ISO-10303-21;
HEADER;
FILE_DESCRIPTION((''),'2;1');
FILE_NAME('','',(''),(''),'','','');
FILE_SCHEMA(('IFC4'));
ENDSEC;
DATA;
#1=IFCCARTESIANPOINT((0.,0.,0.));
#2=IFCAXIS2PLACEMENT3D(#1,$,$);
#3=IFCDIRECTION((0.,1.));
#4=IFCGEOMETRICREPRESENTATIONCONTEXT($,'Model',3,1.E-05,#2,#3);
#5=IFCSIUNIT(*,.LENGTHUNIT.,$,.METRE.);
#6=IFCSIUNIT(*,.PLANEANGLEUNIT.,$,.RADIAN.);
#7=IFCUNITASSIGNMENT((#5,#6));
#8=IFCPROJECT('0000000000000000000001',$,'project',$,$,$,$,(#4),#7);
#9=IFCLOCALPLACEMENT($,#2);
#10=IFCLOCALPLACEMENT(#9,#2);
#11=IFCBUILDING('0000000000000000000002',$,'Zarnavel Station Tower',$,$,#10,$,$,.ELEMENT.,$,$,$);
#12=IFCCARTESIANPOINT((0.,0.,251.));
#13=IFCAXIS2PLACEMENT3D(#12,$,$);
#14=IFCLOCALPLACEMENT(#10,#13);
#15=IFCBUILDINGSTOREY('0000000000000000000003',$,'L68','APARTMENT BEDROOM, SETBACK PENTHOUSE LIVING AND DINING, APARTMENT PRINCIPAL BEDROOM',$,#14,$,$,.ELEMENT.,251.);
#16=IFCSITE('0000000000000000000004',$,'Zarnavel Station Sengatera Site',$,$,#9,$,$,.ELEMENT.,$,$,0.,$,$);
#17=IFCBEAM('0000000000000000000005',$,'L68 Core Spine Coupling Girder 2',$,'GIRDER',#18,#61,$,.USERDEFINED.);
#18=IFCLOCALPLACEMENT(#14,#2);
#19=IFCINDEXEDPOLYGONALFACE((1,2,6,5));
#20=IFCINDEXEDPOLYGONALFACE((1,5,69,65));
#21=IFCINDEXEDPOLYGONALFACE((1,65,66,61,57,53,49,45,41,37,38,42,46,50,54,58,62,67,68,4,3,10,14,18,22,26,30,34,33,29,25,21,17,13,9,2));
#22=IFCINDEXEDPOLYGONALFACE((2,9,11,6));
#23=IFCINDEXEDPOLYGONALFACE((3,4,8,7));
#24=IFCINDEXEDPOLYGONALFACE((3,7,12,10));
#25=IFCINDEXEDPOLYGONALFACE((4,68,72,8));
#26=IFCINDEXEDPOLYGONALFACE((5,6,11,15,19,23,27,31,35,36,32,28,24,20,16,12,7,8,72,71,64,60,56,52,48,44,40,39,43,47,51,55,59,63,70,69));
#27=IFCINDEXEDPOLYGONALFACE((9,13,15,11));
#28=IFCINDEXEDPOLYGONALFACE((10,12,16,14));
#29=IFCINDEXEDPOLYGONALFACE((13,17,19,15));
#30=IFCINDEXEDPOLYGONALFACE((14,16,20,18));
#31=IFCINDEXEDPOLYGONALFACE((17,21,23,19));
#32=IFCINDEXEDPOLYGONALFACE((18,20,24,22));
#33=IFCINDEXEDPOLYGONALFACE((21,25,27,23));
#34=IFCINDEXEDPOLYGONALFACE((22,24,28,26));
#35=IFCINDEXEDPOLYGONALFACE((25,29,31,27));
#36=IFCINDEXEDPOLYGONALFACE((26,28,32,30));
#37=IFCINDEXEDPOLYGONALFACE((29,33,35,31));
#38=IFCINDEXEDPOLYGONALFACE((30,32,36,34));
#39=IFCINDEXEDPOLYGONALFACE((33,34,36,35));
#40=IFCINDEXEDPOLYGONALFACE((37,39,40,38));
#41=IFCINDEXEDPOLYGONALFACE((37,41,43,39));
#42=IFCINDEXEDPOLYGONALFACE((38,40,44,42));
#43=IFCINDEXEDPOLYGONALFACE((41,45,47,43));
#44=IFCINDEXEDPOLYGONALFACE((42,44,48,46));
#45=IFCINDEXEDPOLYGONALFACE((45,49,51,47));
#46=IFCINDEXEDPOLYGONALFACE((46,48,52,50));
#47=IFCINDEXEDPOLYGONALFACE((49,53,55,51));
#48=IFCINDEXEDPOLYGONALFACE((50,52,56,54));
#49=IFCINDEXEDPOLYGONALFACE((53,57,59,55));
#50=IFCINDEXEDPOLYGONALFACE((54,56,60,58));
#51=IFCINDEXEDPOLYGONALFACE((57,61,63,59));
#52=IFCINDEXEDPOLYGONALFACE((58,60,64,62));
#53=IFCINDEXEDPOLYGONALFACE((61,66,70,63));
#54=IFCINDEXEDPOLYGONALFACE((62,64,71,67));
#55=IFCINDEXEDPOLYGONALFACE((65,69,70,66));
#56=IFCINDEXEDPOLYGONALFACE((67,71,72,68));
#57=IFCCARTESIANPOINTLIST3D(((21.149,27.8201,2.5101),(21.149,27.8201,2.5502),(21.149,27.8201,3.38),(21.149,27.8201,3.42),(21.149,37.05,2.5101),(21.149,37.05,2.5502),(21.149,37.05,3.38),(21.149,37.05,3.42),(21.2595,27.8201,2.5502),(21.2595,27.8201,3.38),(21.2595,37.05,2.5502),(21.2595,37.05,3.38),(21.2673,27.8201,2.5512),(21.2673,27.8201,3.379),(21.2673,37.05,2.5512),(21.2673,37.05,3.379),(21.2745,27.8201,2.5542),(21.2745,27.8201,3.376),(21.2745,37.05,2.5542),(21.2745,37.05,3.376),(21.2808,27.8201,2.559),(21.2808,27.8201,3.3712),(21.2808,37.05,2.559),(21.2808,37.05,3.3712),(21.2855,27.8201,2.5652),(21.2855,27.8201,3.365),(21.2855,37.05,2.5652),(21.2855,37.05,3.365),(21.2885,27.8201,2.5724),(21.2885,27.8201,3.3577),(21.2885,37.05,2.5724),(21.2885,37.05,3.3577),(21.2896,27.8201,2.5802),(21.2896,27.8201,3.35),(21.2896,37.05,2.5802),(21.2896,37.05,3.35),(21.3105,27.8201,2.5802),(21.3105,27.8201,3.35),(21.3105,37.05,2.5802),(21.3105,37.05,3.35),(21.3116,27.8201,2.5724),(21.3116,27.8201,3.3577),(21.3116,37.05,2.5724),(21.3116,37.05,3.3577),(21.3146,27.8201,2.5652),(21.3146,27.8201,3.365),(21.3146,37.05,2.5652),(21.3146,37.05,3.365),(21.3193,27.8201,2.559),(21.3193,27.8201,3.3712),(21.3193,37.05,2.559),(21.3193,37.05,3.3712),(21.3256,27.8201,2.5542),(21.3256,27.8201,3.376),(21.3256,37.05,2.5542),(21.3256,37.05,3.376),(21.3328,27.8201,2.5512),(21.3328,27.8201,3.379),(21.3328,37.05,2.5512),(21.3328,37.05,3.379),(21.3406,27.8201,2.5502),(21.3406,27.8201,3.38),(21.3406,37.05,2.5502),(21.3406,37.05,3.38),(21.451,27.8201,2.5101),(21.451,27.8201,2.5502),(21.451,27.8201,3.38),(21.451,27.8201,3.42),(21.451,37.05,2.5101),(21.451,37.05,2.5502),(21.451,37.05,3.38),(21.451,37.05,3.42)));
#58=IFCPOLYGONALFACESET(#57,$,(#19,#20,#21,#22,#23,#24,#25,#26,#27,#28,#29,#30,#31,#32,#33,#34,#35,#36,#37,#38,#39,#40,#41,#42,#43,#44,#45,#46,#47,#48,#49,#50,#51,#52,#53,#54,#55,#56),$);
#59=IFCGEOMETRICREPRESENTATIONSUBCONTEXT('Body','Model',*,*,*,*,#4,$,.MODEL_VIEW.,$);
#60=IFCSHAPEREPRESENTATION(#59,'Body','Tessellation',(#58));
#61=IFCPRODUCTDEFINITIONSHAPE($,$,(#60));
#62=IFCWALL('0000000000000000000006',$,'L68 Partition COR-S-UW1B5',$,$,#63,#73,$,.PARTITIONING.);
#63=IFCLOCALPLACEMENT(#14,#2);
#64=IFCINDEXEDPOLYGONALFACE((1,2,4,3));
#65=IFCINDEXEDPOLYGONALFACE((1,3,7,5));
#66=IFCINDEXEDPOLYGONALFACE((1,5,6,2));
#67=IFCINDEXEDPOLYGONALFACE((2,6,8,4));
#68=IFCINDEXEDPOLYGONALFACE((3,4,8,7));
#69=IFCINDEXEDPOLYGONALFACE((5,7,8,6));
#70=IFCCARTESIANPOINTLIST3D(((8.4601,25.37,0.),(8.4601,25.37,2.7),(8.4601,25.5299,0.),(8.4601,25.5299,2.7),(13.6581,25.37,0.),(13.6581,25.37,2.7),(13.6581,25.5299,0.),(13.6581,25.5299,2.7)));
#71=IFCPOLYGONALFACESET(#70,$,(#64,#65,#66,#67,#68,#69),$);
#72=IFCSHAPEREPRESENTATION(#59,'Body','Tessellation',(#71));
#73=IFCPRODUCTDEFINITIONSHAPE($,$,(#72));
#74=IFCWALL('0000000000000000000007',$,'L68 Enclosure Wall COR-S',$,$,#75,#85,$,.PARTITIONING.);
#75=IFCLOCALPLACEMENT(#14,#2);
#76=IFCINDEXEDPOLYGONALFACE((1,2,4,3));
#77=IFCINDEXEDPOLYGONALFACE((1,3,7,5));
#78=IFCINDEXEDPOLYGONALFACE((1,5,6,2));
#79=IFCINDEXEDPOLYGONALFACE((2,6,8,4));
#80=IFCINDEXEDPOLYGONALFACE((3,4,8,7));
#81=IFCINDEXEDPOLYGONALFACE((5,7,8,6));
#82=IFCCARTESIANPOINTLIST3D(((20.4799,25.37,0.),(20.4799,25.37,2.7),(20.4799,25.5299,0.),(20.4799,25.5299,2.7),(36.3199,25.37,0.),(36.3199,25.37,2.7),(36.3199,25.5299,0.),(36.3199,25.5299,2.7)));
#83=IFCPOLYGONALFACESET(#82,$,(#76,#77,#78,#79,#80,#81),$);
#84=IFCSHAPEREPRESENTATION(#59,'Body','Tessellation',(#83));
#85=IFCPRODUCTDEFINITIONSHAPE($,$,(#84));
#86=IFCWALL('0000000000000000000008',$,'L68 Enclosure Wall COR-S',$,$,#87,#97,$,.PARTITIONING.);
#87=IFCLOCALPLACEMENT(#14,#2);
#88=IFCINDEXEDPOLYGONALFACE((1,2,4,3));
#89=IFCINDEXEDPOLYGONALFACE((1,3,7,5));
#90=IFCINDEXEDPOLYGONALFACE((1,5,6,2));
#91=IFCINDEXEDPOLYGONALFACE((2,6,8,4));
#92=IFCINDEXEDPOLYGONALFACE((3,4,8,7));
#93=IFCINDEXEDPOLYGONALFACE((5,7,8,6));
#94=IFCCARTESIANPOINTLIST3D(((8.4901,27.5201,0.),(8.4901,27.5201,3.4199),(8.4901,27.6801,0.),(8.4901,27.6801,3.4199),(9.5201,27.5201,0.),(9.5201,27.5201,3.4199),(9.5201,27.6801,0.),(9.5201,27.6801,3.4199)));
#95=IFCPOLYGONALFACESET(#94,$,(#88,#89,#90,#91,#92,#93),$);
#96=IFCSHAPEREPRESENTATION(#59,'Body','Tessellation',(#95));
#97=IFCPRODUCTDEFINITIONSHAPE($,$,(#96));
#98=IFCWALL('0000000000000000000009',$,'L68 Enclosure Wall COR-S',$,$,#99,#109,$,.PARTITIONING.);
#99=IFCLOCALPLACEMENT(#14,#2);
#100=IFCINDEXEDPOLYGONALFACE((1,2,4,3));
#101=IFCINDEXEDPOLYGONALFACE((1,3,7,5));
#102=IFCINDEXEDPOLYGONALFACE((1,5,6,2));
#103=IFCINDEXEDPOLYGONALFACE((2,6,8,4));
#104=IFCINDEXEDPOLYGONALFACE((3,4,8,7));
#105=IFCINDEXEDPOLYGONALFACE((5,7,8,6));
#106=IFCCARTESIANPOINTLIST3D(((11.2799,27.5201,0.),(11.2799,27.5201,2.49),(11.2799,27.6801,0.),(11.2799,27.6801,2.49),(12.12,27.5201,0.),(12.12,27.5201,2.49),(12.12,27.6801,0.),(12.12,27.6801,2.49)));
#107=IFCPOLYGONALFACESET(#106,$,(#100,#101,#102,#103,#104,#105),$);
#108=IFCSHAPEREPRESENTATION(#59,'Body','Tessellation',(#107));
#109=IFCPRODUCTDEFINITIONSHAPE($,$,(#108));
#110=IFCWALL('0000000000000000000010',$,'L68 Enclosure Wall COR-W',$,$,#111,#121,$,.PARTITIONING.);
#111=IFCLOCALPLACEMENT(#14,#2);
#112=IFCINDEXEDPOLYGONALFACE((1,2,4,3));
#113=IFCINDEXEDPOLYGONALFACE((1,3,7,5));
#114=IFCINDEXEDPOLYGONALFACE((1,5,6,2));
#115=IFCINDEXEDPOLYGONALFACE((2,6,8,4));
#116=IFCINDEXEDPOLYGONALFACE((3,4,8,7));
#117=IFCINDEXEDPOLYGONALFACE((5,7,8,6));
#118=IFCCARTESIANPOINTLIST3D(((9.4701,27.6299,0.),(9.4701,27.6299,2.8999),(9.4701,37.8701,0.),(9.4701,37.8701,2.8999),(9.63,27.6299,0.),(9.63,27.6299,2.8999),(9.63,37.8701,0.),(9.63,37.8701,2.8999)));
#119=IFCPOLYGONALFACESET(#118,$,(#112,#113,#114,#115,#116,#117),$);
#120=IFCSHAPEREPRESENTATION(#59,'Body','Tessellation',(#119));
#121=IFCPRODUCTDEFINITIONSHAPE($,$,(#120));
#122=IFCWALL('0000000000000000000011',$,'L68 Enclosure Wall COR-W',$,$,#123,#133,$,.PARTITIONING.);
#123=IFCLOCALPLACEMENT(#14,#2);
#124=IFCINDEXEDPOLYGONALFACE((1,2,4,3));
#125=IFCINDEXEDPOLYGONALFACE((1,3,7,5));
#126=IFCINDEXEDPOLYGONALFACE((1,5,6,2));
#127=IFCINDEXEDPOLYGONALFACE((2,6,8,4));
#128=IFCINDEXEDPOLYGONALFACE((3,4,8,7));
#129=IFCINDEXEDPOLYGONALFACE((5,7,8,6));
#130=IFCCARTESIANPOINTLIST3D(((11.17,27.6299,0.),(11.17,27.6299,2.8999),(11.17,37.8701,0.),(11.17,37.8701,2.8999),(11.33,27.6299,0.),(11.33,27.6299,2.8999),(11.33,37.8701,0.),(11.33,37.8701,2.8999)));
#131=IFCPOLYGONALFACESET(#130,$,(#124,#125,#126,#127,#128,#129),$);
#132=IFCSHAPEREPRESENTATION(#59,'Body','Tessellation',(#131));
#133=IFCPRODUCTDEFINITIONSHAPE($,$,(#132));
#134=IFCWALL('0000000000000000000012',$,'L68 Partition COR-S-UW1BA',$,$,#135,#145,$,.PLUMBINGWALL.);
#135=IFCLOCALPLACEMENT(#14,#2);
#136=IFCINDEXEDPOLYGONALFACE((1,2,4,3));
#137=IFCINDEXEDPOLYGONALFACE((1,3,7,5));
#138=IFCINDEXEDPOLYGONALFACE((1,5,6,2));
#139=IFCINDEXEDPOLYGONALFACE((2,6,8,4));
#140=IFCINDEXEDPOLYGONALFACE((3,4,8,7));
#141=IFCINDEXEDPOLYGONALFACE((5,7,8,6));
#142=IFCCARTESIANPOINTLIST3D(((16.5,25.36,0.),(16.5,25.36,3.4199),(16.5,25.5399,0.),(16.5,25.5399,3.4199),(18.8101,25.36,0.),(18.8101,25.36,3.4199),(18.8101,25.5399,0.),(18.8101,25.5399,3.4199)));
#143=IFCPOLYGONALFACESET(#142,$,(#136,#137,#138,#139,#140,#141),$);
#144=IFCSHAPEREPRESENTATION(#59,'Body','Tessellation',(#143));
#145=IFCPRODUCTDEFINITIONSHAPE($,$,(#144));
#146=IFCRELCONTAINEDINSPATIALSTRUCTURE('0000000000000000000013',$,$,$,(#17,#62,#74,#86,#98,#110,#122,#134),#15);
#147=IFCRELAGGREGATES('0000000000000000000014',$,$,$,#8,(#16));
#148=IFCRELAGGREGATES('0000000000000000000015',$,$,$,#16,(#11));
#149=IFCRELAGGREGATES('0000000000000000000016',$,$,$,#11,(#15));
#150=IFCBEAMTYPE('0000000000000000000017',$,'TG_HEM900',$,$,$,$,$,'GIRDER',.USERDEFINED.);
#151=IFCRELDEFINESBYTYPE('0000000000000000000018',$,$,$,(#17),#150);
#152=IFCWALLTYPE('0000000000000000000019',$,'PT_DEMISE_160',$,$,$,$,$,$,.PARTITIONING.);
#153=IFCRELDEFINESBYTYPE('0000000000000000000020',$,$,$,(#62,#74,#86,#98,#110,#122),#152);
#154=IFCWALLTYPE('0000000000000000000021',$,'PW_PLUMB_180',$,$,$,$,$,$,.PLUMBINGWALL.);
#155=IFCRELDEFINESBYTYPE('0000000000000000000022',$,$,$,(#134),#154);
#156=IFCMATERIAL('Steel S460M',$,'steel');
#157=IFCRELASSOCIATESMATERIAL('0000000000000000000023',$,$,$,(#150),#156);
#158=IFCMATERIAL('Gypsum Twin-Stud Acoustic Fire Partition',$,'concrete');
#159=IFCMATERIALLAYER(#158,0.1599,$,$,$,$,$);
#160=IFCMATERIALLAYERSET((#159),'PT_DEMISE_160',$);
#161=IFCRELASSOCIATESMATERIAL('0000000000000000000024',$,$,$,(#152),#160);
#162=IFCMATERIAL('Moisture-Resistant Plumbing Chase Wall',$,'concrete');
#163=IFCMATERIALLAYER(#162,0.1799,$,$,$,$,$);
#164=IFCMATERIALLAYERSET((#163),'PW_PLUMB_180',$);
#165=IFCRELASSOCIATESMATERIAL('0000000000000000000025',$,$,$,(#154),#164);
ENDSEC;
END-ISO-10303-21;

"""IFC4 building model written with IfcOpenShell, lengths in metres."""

from ifc_helpers import new_model, si_unit, direction, frame, frame_2d, origin, origin_2d, place, context, subcontext, project, spatial, rectangle, i_section, extrude, material, layer, layer_set, material_profile, profile_set, type_object, element, save


model = new_model("IFC4")

# Units and contexts
model_context = context("Model", 3, precision=1e-05, world=origin(), true_north=direction((0.0, 1.0)))
body_context = subcontext(model_context, "Body", "Model", "MODEL_VIEW")
ifc_project = project(units=[si_unit("LENGTHUNIT", "METRE"), si_unit("PLANEANGLEUNIT", "RADIAN")], contexts=[model_context])

# Site, building, storey
site_placement = place(None, origin())
site = spatial("IfcSite", under=ifc_project, at=site_placement, Name="Zarnavel Station Sengatera Site", CompositionType="ELEMENT", RefElevation=0.0)
building_placement = place(site_placement, origin())
building = spatial("IfcBuilding", under=site, at=building_placement, Name="Zarnavel Station Tower", CompositionType="ELEMENT")
storey_placement = place(building_placement, frame((0.0, 0.0, 251.0)))
storey = spatial("IfcBuildingStorey", under=building, at=storey_placement, Name="L68", Description="APARTMENT BEDROOM, SETBACK PENTHOUSE LIVING AND DINING, APARTMENT PRINCIPAL BEDROOM", CompositionType="ELEMENT", Elevation=251.0)

# Beam
ifc_material_1 = material(Name="Steel S460M", Category="steel")
ifc_material_profile_1 = material_profile(ifc_material_1, i_section(OverallWidth=0.302, OverallDepth=0.9099, WebThickness=0.021, FlangeThickness=0.04, FilletRadius=0.03, at=origin_2d()), Name="HEM900")
ifc_profile_set_1 = profile_set([ifc_material_profile_1], Name="Steel S460M")
beam_type_1 = type_object("IfcBeamType", Name="TG_HEM900", ElementType="GIRDER", PredefinedType="USERDEFINED", material=ifc_profile_set_1)
for number, where, z_axis, x_axis, name in (
    (1, (21.3, 27.8201, 2.9651), (0.0, 1.0, 0.0), (-1.0, 0.0, 0.0), "L68 Core Spine Coupling Girder 2"),
):
    element("IfcBeam", number, at=place(storey_placement, frame(where, z_axis=z_axis, x_axis=x_axis)), inside=storey, type_object=beam_type_1, Name=name, ObjectType="GIRDER", PredefinedType="USERDEFINED", context=body_context, shape_type="SweptSolid", body=[
        extrude(i_section(OverallWidth=0.302, OverallDepth=0.9099, WebThickness=0.021, FlangeThickness=0.04, FilletRadius=0.03, at=origin_2d()), origin(), (0.0, 0.0, 1.0), 9.23),
    ])

# Shared definitions
ifc_material_2 = material(Name="Gypsum Twin-Stud Acoustic Fire Partition", Category="concrete")
ifc_layer_1 = layer(ifc_material_2, 0.1599)
ifc_layer_set_1 = layer_set([ifc_layer_1], Name="PT_DEMISE_160")
wall_type_1 = type_object("IfcWallType", Name="PT_DEMISE_160", PredefinedType="PARTITIONING", material=ifc_layer_set_1)

# Walls
wall_1_placement = place(storey_placement, frame((8.46, 25.45, 0.0), z_axis=(0.0, 0.0, 1.0), x_axis=(1.0, 0.0, 0.0)))
element("IfcWall", 2, at=wall_1_placement, inside=storey, type_object=wall_type_1, Name="L68 Partition COR-S-UW1B5", PredefinedType="PARTITIONING", context=body_context, shape_type="SweptSolid", body=[
    extrude(rectangle(XDim=5.198, YDim=0.1599, at=frame_2d((2.5991, 0.0))), origin(), (0.0, 0.0, 1.0), 2.7),
])
wall_2_placement = place(storey_placement, frame((20.48, 25.45, 0.0), z_axis=(0.0, 0.0, 1.0), x_axis=(1.0, 0.0, 0.0)))
element("IfcWall", 3, at=wall_2_placement, inside=storey, type_object=wall_type_1, Name="L68 Enclosure Wall COR-S", PredefinedType="PARTITIONING", context=body_context, shape_type="SweptSolid", body=[
    extrude(rectangle(XDim=15.8401, YDim=0.1599, at=frame_2d((7.9199, 0.0))), origin(), (0.0, 0.0, 1.0), 2.7),
])
wall_3_placement = place(storey_placement, frame((8.49, 27.6001, 0.0), z_axis=(0.0, 0.0, 1.0), x_axis=(1.0, 0.0, 0.0)))
element("IfcWall", 4, at=wall_3_placement, inside=storey, type_object=wall_type_1, Name="L68 Enclosure Wall COR-S", PredefinedType="PARTITIONING", context=body_context, shape_type="SweptSolid", body=[
    extrude(rectangle(XDim=1.03, YDim=0.1599, at=frame_2d((0.5151, 0.0))), origin(), (0.0, 0.0, 1.0), 3.4199),
])
wall_4_placement = place(storey_placement, frame((11.28, 27.6001, 0.0), z_axis=(0.0, 0.0, 1.0), x_axis=(1.0, 0.0, 0.0)))
element("IfcWall", 5, at=wall_4_placement, inside=storey, type_object=wall_type_1, Name="L68 Enclosure Wall COR-S", PredefinedType="PARTITIONING", context=body_context, shape_type="SweptSolid", body=[
    extrude(rectangle(XDim=0.8401, YDim=0.1599, at=frame_2d((0.4199, 0.0))), origin(), (0.0, 0.0, 1.0), 2.49),
])
for number, where, z_axis, x_axis, name in (
    (6, (9.55, 27.6299, 0.0), (0.0, 0.0, 1.0), (0.0, 1.0, 0.0), "L68 Enclosure Wall COR-W"),
    (7, (11.25, 27.6299, 0.0), (0.0, 0.0, 1.0), (0.0, 1.0, 0.0), "L68 Enclosure Wall COR-W"),
):
    element("IfcWall", number, at=place(storey_placement, frame(where, z_axis=z_axis, x_axis=x_axis)), inside=storey, type_object=wall_type_1, Name=name, PredefinedType="PARTITIONING", context=body_context, shape_type="SweptSolid", body=[
        extrude(rectangle(XDim=10.2402, YDim=0.1599, at=frame_2d((5.1201, 0.0))), origin(), (0.0, 0.0, 1.0), 2.8999),
    ])

# Wall
ifc_material_3 = material(Name="Moisture-Resistant Plumbing Chase Wall", Category="concrete")
ifc_layer_2 = layer(ifc_material_3, 0.1799)
ifc_layer_set_2 = layer_set([ifc_layer_2], Name="PW_PLUMB_180")
wall_type_2 = type_object("IfcWallType", Name="PW_PLUMB_180", PredefinedType="PLUMBINGWALL", material=ifc_layer_set_2)
wall_5_placement = place(storey_placement, frame((16.5, 25.45, 0.0), z_axis=(0.0, 0.0, 1.0), x_axis=(1.0, 0.0, 0.0)))
element("IfcWall", 8, at=wall_5_placement, inside=storey, type_object=wall_type_2, Name="L68 Partition COR-S-UW1BA", PredefinedType="PLUMBINGWALL", context=body_context, shape_type="SweptSolid", body=[
    extrude(rectangle(XDim=2.3101, YDim=0.1799, at=frame_2d((1.155, 0.0))), origin(), (0.0, 0.0, 1.0), 3.4199),
])

save(model, "model.ifc")
